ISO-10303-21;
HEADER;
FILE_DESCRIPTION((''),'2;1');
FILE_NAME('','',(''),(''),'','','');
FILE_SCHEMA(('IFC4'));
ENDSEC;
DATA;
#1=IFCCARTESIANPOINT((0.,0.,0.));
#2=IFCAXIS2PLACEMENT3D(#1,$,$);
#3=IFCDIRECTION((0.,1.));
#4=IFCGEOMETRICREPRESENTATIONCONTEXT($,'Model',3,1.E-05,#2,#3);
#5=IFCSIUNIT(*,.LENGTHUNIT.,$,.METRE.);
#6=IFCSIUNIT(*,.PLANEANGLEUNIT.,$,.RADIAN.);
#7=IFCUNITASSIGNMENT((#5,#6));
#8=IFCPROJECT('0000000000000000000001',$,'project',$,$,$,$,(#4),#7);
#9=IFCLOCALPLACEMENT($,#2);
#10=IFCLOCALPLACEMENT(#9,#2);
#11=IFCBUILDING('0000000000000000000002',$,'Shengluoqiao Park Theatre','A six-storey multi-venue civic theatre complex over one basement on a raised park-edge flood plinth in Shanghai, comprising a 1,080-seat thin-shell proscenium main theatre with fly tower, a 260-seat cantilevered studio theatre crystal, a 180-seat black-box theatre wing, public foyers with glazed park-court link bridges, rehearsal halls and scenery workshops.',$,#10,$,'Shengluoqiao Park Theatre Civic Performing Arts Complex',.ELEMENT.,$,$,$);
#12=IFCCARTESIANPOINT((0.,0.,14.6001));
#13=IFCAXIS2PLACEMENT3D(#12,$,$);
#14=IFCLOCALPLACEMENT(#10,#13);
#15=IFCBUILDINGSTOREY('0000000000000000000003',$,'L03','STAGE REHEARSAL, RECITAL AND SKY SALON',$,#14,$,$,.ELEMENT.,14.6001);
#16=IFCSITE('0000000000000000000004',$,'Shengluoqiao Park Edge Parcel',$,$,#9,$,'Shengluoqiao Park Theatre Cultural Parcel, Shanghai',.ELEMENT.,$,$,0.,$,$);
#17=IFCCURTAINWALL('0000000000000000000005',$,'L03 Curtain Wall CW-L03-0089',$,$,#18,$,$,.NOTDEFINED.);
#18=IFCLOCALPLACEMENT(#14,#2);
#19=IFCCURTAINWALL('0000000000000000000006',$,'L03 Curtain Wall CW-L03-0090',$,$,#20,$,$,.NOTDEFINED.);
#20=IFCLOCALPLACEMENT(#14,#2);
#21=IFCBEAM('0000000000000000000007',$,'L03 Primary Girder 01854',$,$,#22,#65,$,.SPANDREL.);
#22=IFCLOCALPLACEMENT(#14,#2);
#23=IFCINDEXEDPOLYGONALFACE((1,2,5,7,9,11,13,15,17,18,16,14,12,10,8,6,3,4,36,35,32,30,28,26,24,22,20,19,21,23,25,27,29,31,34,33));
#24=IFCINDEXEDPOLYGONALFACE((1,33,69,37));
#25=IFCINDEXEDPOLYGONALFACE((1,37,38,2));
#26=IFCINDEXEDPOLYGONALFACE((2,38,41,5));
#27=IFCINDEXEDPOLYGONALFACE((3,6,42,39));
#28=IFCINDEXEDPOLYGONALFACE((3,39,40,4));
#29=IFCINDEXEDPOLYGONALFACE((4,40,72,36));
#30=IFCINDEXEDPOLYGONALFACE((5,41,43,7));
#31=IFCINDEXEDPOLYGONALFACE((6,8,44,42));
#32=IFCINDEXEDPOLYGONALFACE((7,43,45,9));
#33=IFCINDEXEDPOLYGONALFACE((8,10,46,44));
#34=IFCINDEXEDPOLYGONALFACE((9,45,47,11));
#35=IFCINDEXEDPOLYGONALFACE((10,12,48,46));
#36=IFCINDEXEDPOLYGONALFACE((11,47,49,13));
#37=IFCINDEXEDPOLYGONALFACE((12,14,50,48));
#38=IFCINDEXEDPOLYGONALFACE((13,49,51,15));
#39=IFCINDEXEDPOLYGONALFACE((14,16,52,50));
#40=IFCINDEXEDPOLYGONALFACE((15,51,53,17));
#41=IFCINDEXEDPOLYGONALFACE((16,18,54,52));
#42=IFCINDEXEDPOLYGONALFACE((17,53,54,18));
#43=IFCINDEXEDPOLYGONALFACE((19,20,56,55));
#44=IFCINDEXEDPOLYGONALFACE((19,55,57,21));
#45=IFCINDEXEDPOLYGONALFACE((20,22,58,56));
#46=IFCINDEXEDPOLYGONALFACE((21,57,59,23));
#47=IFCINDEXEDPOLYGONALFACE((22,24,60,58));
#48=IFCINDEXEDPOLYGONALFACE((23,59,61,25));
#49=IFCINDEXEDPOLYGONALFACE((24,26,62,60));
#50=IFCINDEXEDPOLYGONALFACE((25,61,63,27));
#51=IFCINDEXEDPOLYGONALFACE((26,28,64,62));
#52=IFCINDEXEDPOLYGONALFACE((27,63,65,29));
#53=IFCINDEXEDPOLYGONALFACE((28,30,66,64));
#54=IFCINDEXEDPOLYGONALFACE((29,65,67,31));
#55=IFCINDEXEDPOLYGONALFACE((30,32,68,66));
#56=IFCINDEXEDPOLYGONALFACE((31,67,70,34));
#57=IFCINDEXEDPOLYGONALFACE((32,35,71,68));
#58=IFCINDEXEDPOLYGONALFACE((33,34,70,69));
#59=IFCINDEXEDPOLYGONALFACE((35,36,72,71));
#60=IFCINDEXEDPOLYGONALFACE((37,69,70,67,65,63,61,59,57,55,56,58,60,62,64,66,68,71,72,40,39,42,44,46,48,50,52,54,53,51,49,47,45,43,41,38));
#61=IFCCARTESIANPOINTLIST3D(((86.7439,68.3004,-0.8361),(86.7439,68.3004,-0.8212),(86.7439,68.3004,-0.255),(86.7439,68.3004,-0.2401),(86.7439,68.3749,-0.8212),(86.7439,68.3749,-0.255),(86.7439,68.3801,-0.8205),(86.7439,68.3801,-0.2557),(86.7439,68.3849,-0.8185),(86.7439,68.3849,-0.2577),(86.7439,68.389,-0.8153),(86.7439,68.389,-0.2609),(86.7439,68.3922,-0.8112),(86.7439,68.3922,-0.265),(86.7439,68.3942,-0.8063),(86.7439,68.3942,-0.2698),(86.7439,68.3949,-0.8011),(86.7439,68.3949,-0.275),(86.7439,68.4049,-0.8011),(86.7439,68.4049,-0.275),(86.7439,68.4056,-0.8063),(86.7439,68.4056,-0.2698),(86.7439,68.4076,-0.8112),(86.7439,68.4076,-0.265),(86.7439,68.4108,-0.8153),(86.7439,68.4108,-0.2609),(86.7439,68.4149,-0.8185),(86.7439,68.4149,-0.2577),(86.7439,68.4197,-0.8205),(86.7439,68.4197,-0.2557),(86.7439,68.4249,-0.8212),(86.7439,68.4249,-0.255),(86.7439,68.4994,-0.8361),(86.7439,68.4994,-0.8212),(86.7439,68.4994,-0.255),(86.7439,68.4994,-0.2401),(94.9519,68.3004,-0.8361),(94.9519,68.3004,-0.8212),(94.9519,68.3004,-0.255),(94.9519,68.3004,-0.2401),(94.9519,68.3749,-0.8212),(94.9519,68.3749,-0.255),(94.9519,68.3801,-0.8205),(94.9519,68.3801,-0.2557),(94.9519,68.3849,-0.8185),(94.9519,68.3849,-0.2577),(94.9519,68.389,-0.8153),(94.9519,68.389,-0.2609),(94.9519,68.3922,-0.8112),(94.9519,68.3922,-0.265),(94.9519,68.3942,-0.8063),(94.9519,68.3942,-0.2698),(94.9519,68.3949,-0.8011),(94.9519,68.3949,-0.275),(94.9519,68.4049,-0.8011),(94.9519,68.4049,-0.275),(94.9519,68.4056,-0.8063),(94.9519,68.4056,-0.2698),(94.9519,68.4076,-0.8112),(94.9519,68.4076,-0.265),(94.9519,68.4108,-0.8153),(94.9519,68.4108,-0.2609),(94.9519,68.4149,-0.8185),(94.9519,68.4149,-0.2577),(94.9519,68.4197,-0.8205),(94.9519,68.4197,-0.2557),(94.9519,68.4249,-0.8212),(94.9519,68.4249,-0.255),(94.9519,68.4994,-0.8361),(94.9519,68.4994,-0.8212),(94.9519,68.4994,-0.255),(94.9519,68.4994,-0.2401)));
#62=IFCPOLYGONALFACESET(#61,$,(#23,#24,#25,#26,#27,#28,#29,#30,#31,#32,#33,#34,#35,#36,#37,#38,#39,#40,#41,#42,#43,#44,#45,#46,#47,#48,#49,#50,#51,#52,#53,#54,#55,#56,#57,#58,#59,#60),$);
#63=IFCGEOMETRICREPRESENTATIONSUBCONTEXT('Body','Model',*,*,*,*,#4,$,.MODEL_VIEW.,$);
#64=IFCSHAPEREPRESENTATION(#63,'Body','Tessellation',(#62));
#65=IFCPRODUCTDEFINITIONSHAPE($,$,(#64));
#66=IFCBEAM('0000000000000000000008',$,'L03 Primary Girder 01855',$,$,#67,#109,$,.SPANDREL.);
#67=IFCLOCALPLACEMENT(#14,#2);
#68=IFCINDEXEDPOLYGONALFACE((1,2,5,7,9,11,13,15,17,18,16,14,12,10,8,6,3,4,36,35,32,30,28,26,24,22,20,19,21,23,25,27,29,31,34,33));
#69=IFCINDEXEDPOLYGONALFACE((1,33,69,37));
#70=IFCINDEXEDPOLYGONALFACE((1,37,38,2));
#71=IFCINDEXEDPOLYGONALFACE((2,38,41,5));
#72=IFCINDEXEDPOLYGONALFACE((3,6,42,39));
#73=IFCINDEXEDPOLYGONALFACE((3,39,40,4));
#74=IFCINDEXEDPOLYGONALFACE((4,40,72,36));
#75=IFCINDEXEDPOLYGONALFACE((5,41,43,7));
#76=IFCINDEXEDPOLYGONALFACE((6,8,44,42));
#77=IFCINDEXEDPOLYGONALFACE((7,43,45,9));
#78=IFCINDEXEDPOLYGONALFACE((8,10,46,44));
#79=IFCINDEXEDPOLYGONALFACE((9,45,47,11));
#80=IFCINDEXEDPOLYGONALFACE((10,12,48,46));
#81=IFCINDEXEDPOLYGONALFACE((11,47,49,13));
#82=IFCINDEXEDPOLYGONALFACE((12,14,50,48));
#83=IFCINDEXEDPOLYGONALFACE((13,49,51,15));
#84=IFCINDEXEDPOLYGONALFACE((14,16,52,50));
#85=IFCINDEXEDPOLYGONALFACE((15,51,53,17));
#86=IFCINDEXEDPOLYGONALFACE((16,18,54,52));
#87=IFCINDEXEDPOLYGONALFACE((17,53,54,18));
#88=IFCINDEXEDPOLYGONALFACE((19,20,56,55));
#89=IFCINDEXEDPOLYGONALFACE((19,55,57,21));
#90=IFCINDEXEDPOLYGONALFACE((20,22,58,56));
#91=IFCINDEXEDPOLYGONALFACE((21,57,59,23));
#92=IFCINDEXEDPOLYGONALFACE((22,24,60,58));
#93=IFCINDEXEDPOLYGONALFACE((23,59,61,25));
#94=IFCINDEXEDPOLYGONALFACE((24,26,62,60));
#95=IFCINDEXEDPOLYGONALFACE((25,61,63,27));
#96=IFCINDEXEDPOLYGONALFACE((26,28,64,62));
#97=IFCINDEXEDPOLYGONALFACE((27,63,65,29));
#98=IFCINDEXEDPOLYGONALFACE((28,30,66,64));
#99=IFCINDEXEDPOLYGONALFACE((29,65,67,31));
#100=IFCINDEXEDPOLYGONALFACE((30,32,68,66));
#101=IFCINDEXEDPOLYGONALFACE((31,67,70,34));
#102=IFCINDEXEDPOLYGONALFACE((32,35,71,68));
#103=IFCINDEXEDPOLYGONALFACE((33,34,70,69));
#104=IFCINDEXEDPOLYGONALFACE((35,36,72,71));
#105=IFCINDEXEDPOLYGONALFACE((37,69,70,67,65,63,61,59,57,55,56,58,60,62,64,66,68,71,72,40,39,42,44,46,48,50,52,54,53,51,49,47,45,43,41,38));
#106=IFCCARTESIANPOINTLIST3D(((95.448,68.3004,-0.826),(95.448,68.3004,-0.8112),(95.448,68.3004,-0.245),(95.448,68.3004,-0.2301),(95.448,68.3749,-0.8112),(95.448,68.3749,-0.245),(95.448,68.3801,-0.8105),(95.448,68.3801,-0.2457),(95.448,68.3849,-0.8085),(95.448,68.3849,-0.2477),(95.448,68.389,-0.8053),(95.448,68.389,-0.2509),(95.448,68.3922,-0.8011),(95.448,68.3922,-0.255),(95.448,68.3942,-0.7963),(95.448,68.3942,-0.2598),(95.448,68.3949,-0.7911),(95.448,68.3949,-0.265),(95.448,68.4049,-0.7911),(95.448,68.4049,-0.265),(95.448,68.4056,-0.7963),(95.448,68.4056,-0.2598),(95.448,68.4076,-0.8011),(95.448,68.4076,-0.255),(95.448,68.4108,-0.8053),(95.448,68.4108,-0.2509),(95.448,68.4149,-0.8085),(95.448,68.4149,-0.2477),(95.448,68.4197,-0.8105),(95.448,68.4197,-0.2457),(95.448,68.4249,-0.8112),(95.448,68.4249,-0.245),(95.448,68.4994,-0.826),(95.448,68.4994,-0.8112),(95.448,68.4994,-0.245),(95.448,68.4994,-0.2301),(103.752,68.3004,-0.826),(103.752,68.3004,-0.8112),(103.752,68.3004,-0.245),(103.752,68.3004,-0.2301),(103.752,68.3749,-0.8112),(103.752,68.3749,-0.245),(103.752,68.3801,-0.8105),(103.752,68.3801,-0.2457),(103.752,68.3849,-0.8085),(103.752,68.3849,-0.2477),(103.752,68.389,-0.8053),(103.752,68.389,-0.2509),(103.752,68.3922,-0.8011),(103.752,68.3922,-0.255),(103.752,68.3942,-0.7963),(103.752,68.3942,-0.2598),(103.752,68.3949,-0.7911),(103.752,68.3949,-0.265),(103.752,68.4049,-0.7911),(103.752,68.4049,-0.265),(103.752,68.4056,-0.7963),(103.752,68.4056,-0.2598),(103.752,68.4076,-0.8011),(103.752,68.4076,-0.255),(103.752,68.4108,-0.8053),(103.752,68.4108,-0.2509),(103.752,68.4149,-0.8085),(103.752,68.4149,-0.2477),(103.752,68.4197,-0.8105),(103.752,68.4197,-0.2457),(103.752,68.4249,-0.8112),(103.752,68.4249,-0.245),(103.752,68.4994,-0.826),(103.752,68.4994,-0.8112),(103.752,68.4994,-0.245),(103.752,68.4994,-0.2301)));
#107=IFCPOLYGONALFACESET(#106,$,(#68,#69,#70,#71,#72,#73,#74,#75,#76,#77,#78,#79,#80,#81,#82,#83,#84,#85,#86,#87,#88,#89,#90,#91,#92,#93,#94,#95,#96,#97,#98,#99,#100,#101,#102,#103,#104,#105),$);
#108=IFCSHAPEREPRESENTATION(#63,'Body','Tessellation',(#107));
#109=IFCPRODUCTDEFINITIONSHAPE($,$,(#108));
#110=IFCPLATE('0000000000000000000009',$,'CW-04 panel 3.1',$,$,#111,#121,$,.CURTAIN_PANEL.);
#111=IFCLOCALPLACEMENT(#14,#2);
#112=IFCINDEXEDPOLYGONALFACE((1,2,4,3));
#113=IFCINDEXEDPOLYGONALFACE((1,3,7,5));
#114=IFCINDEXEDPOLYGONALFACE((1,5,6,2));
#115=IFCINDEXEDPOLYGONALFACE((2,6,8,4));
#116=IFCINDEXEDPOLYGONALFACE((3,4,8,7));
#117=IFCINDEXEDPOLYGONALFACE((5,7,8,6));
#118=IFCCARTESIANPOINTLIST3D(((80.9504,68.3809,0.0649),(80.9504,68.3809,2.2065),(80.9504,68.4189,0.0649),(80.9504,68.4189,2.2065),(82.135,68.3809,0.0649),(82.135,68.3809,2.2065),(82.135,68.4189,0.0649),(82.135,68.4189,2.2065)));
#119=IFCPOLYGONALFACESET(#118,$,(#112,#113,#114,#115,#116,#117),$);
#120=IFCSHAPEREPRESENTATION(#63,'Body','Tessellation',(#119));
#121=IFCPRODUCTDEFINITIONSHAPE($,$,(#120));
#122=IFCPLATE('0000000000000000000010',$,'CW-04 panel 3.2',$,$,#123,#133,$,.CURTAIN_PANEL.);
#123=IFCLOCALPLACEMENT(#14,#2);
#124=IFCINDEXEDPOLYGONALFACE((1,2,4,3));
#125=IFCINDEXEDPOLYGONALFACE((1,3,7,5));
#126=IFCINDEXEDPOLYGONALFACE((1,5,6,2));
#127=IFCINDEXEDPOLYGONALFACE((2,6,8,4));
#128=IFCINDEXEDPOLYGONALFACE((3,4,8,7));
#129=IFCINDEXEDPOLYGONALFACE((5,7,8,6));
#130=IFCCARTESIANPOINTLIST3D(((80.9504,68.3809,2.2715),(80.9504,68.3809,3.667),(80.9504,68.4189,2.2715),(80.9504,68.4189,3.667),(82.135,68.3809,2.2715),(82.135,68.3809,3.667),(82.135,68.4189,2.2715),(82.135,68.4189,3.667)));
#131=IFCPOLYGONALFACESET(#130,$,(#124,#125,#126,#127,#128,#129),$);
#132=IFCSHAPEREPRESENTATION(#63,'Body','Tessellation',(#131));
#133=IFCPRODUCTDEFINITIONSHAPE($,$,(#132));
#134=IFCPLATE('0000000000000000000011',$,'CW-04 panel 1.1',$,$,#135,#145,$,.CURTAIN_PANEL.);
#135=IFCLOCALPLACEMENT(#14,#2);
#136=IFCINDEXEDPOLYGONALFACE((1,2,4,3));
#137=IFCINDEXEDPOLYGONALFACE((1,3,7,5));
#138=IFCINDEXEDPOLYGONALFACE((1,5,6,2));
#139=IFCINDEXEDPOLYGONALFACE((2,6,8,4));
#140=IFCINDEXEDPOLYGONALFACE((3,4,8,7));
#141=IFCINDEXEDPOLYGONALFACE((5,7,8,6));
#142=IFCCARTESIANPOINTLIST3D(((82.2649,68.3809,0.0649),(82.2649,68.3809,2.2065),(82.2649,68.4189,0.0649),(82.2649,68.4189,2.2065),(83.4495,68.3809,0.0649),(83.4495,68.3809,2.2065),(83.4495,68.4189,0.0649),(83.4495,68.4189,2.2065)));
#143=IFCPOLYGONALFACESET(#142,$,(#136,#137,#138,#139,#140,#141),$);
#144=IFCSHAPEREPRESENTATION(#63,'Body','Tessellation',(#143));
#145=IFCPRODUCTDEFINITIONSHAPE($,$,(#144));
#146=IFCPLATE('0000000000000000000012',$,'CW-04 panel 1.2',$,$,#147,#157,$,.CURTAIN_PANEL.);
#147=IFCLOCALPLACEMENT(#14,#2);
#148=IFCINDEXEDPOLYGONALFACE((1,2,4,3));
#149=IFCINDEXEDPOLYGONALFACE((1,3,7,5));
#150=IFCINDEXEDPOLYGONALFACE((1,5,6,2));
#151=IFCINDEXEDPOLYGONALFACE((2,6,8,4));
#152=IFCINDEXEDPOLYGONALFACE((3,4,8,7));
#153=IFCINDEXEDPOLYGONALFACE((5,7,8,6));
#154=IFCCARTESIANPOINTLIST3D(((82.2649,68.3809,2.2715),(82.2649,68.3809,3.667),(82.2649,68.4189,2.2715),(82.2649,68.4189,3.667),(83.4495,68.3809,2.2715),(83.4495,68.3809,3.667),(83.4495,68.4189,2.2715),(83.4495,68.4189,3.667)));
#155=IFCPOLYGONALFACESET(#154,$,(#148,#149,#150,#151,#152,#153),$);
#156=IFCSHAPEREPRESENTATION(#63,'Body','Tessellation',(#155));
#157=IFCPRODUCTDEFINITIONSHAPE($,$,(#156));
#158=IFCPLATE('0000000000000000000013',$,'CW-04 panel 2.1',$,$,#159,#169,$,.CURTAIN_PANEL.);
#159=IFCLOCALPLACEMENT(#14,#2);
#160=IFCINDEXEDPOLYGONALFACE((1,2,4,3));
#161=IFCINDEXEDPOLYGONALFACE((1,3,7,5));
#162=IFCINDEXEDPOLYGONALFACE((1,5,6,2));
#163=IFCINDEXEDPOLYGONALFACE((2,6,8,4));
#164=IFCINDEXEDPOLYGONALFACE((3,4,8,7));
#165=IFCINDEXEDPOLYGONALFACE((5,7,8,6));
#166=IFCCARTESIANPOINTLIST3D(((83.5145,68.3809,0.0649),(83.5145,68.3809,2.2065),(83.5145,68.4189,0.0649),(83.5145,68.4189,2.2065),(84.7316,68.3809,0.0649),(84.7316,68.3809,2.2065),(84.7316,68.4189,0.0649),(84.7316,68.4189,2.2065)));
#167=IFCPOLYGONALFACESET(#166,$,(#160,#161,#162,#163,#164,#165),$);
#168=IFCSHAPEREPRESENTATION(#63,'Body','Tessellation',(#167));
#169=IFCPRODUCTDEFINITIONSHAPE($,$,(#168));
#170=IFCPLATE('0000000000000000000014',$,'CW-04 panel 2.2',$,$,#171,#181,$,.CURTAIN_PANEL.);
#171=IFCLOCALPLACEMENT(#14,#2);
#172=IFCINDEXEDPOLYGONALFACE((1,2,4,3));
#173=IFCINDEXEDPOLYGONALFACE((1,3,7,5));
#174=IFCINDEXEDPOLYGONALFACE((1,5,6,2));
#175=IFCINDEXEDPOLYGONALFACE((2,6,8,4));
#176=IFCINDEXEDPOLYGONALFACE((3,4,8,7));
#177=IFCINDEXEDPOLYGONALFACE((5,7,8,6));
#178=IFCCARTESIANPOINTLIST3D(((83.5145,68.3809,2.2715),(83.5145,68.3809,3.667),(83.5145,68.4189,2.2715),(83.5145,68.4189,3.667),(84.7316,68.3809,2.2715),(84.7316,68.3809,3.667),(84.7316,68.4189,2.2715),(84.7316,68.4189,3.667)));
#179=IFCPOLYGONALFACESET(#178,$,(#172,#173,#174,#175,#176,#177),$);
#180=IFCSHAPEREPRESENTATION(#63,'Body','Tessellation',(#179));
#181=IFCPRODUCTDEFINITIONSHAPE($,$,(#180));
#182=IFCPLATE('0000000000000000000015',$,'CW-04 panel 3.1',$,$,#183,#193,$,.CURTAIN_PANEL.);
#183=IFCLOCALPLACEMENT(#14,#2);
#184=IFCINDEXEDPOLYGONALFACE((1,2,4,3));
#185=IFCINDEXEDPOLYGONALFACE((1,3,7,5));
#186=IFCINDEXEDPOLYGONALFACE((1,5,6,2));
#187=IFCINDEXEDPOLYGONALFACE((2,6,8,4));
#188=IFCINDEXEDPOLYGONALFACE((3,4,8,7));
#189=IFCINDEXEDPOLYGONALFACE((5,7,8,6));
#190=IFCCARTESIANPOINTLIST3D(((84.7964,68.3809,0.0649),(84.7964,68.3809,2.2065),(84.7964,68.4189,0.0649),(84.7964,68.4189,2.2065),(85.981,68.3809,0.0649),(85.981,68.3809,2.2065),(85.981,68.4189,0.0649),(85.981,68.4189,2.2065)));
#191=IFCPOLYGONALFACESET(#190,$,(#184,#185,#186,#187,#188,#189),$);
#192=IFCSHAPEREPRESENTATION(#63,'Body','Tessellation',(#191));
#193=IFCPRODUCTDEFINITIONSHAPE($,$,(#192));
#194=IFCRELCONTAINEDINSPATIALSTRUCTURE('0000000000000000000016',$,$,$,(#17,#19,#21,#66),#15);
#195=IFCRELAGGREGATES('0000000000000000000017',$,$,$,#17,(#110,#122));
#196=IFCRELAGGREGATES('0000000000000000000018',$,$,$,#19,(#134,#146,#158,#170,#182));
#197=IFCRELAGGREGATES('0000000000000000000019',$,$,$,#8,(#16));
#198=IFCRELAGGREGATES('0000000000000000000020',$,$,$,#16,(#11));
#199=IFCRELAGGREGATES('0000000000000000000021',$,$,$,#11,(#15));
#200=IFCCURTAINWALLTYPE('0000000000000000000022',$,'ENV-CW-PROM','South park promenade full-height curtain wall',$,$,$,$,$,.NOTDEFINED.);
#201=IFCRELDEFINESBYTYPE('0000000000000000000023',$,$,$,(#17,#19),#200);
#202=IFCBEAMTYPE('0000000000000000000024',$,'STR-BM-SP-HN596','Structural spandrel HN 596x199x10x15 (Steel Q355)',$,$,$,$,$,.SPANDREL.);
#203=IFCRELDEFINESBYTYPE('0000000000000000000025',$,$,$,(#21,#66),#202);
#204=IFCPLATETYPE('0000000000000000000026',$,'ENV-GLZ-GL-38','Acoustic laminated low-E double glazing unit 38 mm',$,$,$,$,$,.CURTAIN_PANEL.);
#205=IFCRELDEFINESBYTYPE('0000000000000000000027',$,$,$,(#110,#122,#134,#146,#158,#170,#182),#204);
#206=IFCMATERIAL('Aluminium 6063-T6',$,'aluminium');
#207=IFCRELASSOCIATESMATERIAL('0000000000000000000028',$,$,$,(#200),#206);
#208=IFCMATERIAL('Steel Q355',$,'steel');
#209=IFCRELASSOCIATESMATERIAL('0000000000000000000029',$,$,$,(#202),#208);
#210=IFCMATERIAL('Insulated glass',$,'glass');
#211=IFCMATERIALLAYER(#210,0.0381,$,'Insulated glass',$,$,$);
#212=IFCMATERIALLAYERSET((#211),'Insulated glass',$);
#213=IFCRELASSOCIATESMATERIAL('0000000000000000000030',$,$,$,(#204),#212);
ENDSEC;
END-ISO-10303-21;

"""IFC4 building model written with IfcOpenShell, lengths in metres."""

from ifc_helpers import new_model, si_unit, direction, frame, origin, origin_2d, place, context, subcontext, project, spatial, rectangle, i_section, extrude, material, layer, layer_set, material_profile, profile_set, type_object, element, aggregate, save


model = new_model("IFC4")

# Units and contexts
model_context = context("Model", 3, precision=1e-05, world=origin(), true_north=direction((0.0, 1.0)))
body_context = subcontext(model_context, "Body", "Model", "MODEL_VIEW")
ifc_project = project(units=[si_unit("LENGTHUNIT", "METRE"), si_unit("PLANEANGLEUNIT", "RADIAN")], contexts=[model_context])

# Site, building, storey
site_placement = place(None, origin())
site = spatial("IfcSite", under=ifc_project, at=site_placement, Name="Shengluoqiao Park Edge Parcel", LongName="Shengluoqiao Park Theatre Cultural Parcel, Shanghai", CompositionType="ELEMENT", RefElevation=0.0)
building_placement = place(site_placement, origin())
building = spatial("IfcBuilding", under=site, at=building_placement, Name="Shengluoqiao Park Theatre", Description="A six-storey multi-venue civic theatre complex over one basement on a raised park-edge flood plinth in Shanghai, comprising a 1,080-seat thin-shell proscenium main theatre with fly tower, a 260-seat cantilevered studio theatre crystal, a 180-seat black-box theatre wing, public foyers with glazed park-court link bridges, rehearsal halls and scenery workshops.", LongName="Shengluoqiao Park Theatre Civic Performing Arts Complex", CompositionType="ELEMENT")
storey_placement = place(building_placement, frame((0.0, 0.0, 14.6001)))
storey = spatial("IfcBuildingStorey", under=building, at=storey_placement, Name="L03", Description="STAGE REHEARSAL, RECITAL AND SKY SALON", CompositionType="ELEMENT", Elevation=14.6001)

# Curtain wall
ifc_material_1 = material(Name="Aluminium 6063-T6", Category="aluminium")
curtain_wall_type = type_object("IfcCurtainWallType", Name="ENV-CW-PROM", Description="South park promenade full-height curtain wall", PredefinedType="NOTDEFINED", material=ifc_material_1)
curtain_wall_1_placement = place(storey_placement, origin())
curtain_wall_1 = element("IfcCurtainWall", 1, at=curtain_wall_1_placement, inside=storey, type_object=curtain_wall_type, Name="L03 Curtain Wall CW-L03-0089", PredefinedType="NOTDEFINED")

# Curtain wall
curtain_wall_2_placement = place(storey_placement, origin())
curtain_wall_2 = element("IfcCurtainWall", 2, at=curtain_wall_2_placement, inside=storey, type_object=curtain_wall_type, Name="L03 Curtain Wall CW-L03-0090", PredefinedType="NOTDEFINED")

# Beams
ifc_material_2 = material(Name="Steel Q355", Category="steel")
ifc_material_profile_1 = material_profile(ifc_material_2, i_section(OverallWidth=0.199, OverallDepth=0.5959, WebThickness=0.01, FlangeThickness=0.0149, FilletRadius=0.02, at=origin_2d()), Name="HN 596x199x10x15")
ifc_profile_set_1 = profile_set([ifc_material_profile_1], Name="Steel Q355")
beam_type_1 = type_object("IfcBeamType", Name="STR-BM-SP-HN596", Description="Structural spandrel HN 596x199x10x15 (Steel Q355)", PredefinedType="SPANDREL", material=ifc_profile_set_1)
beam_1_placement = place(storey_placement, frame((86.7439, 68.3999, -0.5381), z_axis=(1.0, 0.0, 0.0), x_axis=(0.0, 1.0, 0.0)))
element("IfcBeam", 3, at=beam_1_placement, inside=storey, type_object=beam_type_1, Name="L03 Primary Girder 01854", PredefinedType="SPANDREL", context=body_context, shape_type="SweptSolid", body=[
    extrude(i_section(OverallWidth=0.199, OverallDepth=0.5959, WebThickness=0.01, FlangeThickness=0.0149, FilletRadius=0.02, at=origin_2d()), origin(), (0.0, 0.0, 1.0), 8.208),
])
beam_2_placement = place(storey_placement, frame((95.448, 68.3999, -0.5281), z_axis=(1.0, 0.0, 0.0), x_axis=(0.0, 1.0, 0.0)))
element("IfcBeam", 4, at=beam_2_placement, inside=storey, type_object=beam_type_1, Name="L03 Primary Girder 01855", PredefinedType="SPANDREL", context=body_context, shape_type="SweptSolid", body=[
    extrude(i_section(OverallWidth=0.199, OverallDepth=0.5959, WebThickness=0.01, FlangeThickness=0.0149, FilletRadius=0.02, at=origin_2d()), origin(), (0.0, 0.0, 1.0), 8.304),
])

# Plates
ifc_material_3 = material(Name="Insulated glass", Category="glass")
ifc_layer = layer(ifc_material_3, 0.0381, Name="Insulated glass")
ifc_layer_set = layer_set([ifc_layer], Name="Insulated glass")
plate_type = type_object("IfcPlateType", Name="ENV-GLZ-GL-38", Description="Acoustic laminated low-E double glazing unit 38 mm", PredefinedType="CURTAIN_PANEL", material=ifc_layer_set)
plate_1_placement = place(storey_placement, frame((81.5427, 68.3999, 0.0649), z_axis=(0.0, 0.0, 1.0), x_axis=(1.0, 0.0, 0.0)))
plate_1 = element("IfcPlate", 5, at=plate_1_placement, type_object=plate_type, Name="CW-04 panel 3.1", PredefinedType="CURTAIN_PANEL", context=body_context, shape_type="SweptSolid", body=[
    extrude(rectangle(XDim=1.1846, YDim=0.0381, at=origin_2d()), origin(), (0.0, 0.0, 1.0), 2.1416),
])
plate_2_placement = place(storey_placement, frame((81.5427, 68.3999, 2.2715), z_axis=(0.0, 0.0, 1.0), x_axis=(1.0, 0.0, 0.0)))
plate_2 = element("IfcPlate", 6, at=plate_2_placement, type_object=plate_type, Name="CW-04 panel 3.2", PredefinedType="CURTAIN_PANEL", context=body_context, shape_type="SweptSolid", body=[
    extrude(rectangle(XDim=1.1846, YDim=0.0381, at=origin_2d()), origin(), (0.0, 0.0, 1.0), 1.3955),
])
aggregate(curtain_wall_1, [plate_1, plate_2])
plate_3_placement = place(storey_placement, frame((82.8572, 68.3999, 0.0649), z_axis=(0.0, 0.0, 1.0), x_axis=(1.0, 0.0, 0.0)))
plate_3 = element("IfcPlate", 7, at=plate_3_placement, type_object=plate_type, Name="CW-04 panel 1.1", PredefinedType="CURTAIN_PANEL", context=body_context, shape_type="SweptSolid", body=[
    extrude(rectangle(XDim=1.1846, YDim=0.0381, at=origin_2d()), origin(), (0.0, 0.0, 1.0), 2.1416),
])
plate_4_placement = place(storey_placement, frame((82.8572, 68.3999, 2.2715), z_axis=(0.0, 0.0, 1.0), x_axis=(1.0, 0.0, 0.0)))
plate_4 = element("IfcPlate", 8, at=plate_4_placement, type_object=plate_type, Name="CW-04 panel 1.2", PredefinedType="CURTAIN_PANEL", context=body_context, shape_type="SweptSolid", body=[
    extrude(rectangle(XDim=1.1846, YDim=0.0381, at=origin_2d()), origin(), (0.0, 0.0, 1.0), 1.3955),
])
plate_5_placement = place(storey_placement, frame((84.123, 68.3999, 0.0649), z_axis=(0.0, 0.0, 1.0), x_axis=(1.0, 0.0, 0.0)))
plate_5 = element("IfcPlate", 9, at=plate_5_placement, type_object=plate_type, Name="CW-04 panel 2.1", PredefinedType="CURTAIN_PANEL", context=body_context, shape_type="SweptSolid", body=[
    extrude(rectangle(XDim=1.217, YDim=0.0381, at=origin_2d()), origin(), (0.0, 0.0, 1.0), 2.1416),
])
plate_6_placement = place(storey_placement, frame((84.123, 68.3999, 2.2715), z_axis=(0.0, 0.0, 1.0), x_axis=(1.0, 0.0, 0.0)))
plate_6 = element("IfcPlate", 10, at=plate_6_placement, type_object=plate_type, Name="CW-04 panel 2.2", PredefinedType="CURTAIN_PANEL", context=body_context, shape_type="SweptSolid", body=[
    extrude(rectangle(XDim=1.217, YDim=0.0381, at=origin_2d()), origin(), (0.0, 0.0, 1.0), 1.3955),
])
plate_7_placement = place(storey_placement, frame((85.3887, 68.3999, 0.0649), z_axis=(0.0, 0.0, 1.0), x_axis=(1.0, 0.0, 0.0)))
plate_7 = element("IfcPlate", 11, at=plate_7_placement, type_object=plate_type, Name="CW-04 panel 3.1", PredefinedType="CURTAIN_PANEL", context=body_context, shape_type="SweptSolid", body=[
    extrude(rectangle(XDim=1.1846, YDim=0.0381, at=origin_2d()), origin(), (0.0, 0.0, 1.0), 2.1416),
])
aggregate(curtain_wall_2, [plate_3, plate_4, plate_5, plate_6, plate_7])

save(model, "model.ifc")
